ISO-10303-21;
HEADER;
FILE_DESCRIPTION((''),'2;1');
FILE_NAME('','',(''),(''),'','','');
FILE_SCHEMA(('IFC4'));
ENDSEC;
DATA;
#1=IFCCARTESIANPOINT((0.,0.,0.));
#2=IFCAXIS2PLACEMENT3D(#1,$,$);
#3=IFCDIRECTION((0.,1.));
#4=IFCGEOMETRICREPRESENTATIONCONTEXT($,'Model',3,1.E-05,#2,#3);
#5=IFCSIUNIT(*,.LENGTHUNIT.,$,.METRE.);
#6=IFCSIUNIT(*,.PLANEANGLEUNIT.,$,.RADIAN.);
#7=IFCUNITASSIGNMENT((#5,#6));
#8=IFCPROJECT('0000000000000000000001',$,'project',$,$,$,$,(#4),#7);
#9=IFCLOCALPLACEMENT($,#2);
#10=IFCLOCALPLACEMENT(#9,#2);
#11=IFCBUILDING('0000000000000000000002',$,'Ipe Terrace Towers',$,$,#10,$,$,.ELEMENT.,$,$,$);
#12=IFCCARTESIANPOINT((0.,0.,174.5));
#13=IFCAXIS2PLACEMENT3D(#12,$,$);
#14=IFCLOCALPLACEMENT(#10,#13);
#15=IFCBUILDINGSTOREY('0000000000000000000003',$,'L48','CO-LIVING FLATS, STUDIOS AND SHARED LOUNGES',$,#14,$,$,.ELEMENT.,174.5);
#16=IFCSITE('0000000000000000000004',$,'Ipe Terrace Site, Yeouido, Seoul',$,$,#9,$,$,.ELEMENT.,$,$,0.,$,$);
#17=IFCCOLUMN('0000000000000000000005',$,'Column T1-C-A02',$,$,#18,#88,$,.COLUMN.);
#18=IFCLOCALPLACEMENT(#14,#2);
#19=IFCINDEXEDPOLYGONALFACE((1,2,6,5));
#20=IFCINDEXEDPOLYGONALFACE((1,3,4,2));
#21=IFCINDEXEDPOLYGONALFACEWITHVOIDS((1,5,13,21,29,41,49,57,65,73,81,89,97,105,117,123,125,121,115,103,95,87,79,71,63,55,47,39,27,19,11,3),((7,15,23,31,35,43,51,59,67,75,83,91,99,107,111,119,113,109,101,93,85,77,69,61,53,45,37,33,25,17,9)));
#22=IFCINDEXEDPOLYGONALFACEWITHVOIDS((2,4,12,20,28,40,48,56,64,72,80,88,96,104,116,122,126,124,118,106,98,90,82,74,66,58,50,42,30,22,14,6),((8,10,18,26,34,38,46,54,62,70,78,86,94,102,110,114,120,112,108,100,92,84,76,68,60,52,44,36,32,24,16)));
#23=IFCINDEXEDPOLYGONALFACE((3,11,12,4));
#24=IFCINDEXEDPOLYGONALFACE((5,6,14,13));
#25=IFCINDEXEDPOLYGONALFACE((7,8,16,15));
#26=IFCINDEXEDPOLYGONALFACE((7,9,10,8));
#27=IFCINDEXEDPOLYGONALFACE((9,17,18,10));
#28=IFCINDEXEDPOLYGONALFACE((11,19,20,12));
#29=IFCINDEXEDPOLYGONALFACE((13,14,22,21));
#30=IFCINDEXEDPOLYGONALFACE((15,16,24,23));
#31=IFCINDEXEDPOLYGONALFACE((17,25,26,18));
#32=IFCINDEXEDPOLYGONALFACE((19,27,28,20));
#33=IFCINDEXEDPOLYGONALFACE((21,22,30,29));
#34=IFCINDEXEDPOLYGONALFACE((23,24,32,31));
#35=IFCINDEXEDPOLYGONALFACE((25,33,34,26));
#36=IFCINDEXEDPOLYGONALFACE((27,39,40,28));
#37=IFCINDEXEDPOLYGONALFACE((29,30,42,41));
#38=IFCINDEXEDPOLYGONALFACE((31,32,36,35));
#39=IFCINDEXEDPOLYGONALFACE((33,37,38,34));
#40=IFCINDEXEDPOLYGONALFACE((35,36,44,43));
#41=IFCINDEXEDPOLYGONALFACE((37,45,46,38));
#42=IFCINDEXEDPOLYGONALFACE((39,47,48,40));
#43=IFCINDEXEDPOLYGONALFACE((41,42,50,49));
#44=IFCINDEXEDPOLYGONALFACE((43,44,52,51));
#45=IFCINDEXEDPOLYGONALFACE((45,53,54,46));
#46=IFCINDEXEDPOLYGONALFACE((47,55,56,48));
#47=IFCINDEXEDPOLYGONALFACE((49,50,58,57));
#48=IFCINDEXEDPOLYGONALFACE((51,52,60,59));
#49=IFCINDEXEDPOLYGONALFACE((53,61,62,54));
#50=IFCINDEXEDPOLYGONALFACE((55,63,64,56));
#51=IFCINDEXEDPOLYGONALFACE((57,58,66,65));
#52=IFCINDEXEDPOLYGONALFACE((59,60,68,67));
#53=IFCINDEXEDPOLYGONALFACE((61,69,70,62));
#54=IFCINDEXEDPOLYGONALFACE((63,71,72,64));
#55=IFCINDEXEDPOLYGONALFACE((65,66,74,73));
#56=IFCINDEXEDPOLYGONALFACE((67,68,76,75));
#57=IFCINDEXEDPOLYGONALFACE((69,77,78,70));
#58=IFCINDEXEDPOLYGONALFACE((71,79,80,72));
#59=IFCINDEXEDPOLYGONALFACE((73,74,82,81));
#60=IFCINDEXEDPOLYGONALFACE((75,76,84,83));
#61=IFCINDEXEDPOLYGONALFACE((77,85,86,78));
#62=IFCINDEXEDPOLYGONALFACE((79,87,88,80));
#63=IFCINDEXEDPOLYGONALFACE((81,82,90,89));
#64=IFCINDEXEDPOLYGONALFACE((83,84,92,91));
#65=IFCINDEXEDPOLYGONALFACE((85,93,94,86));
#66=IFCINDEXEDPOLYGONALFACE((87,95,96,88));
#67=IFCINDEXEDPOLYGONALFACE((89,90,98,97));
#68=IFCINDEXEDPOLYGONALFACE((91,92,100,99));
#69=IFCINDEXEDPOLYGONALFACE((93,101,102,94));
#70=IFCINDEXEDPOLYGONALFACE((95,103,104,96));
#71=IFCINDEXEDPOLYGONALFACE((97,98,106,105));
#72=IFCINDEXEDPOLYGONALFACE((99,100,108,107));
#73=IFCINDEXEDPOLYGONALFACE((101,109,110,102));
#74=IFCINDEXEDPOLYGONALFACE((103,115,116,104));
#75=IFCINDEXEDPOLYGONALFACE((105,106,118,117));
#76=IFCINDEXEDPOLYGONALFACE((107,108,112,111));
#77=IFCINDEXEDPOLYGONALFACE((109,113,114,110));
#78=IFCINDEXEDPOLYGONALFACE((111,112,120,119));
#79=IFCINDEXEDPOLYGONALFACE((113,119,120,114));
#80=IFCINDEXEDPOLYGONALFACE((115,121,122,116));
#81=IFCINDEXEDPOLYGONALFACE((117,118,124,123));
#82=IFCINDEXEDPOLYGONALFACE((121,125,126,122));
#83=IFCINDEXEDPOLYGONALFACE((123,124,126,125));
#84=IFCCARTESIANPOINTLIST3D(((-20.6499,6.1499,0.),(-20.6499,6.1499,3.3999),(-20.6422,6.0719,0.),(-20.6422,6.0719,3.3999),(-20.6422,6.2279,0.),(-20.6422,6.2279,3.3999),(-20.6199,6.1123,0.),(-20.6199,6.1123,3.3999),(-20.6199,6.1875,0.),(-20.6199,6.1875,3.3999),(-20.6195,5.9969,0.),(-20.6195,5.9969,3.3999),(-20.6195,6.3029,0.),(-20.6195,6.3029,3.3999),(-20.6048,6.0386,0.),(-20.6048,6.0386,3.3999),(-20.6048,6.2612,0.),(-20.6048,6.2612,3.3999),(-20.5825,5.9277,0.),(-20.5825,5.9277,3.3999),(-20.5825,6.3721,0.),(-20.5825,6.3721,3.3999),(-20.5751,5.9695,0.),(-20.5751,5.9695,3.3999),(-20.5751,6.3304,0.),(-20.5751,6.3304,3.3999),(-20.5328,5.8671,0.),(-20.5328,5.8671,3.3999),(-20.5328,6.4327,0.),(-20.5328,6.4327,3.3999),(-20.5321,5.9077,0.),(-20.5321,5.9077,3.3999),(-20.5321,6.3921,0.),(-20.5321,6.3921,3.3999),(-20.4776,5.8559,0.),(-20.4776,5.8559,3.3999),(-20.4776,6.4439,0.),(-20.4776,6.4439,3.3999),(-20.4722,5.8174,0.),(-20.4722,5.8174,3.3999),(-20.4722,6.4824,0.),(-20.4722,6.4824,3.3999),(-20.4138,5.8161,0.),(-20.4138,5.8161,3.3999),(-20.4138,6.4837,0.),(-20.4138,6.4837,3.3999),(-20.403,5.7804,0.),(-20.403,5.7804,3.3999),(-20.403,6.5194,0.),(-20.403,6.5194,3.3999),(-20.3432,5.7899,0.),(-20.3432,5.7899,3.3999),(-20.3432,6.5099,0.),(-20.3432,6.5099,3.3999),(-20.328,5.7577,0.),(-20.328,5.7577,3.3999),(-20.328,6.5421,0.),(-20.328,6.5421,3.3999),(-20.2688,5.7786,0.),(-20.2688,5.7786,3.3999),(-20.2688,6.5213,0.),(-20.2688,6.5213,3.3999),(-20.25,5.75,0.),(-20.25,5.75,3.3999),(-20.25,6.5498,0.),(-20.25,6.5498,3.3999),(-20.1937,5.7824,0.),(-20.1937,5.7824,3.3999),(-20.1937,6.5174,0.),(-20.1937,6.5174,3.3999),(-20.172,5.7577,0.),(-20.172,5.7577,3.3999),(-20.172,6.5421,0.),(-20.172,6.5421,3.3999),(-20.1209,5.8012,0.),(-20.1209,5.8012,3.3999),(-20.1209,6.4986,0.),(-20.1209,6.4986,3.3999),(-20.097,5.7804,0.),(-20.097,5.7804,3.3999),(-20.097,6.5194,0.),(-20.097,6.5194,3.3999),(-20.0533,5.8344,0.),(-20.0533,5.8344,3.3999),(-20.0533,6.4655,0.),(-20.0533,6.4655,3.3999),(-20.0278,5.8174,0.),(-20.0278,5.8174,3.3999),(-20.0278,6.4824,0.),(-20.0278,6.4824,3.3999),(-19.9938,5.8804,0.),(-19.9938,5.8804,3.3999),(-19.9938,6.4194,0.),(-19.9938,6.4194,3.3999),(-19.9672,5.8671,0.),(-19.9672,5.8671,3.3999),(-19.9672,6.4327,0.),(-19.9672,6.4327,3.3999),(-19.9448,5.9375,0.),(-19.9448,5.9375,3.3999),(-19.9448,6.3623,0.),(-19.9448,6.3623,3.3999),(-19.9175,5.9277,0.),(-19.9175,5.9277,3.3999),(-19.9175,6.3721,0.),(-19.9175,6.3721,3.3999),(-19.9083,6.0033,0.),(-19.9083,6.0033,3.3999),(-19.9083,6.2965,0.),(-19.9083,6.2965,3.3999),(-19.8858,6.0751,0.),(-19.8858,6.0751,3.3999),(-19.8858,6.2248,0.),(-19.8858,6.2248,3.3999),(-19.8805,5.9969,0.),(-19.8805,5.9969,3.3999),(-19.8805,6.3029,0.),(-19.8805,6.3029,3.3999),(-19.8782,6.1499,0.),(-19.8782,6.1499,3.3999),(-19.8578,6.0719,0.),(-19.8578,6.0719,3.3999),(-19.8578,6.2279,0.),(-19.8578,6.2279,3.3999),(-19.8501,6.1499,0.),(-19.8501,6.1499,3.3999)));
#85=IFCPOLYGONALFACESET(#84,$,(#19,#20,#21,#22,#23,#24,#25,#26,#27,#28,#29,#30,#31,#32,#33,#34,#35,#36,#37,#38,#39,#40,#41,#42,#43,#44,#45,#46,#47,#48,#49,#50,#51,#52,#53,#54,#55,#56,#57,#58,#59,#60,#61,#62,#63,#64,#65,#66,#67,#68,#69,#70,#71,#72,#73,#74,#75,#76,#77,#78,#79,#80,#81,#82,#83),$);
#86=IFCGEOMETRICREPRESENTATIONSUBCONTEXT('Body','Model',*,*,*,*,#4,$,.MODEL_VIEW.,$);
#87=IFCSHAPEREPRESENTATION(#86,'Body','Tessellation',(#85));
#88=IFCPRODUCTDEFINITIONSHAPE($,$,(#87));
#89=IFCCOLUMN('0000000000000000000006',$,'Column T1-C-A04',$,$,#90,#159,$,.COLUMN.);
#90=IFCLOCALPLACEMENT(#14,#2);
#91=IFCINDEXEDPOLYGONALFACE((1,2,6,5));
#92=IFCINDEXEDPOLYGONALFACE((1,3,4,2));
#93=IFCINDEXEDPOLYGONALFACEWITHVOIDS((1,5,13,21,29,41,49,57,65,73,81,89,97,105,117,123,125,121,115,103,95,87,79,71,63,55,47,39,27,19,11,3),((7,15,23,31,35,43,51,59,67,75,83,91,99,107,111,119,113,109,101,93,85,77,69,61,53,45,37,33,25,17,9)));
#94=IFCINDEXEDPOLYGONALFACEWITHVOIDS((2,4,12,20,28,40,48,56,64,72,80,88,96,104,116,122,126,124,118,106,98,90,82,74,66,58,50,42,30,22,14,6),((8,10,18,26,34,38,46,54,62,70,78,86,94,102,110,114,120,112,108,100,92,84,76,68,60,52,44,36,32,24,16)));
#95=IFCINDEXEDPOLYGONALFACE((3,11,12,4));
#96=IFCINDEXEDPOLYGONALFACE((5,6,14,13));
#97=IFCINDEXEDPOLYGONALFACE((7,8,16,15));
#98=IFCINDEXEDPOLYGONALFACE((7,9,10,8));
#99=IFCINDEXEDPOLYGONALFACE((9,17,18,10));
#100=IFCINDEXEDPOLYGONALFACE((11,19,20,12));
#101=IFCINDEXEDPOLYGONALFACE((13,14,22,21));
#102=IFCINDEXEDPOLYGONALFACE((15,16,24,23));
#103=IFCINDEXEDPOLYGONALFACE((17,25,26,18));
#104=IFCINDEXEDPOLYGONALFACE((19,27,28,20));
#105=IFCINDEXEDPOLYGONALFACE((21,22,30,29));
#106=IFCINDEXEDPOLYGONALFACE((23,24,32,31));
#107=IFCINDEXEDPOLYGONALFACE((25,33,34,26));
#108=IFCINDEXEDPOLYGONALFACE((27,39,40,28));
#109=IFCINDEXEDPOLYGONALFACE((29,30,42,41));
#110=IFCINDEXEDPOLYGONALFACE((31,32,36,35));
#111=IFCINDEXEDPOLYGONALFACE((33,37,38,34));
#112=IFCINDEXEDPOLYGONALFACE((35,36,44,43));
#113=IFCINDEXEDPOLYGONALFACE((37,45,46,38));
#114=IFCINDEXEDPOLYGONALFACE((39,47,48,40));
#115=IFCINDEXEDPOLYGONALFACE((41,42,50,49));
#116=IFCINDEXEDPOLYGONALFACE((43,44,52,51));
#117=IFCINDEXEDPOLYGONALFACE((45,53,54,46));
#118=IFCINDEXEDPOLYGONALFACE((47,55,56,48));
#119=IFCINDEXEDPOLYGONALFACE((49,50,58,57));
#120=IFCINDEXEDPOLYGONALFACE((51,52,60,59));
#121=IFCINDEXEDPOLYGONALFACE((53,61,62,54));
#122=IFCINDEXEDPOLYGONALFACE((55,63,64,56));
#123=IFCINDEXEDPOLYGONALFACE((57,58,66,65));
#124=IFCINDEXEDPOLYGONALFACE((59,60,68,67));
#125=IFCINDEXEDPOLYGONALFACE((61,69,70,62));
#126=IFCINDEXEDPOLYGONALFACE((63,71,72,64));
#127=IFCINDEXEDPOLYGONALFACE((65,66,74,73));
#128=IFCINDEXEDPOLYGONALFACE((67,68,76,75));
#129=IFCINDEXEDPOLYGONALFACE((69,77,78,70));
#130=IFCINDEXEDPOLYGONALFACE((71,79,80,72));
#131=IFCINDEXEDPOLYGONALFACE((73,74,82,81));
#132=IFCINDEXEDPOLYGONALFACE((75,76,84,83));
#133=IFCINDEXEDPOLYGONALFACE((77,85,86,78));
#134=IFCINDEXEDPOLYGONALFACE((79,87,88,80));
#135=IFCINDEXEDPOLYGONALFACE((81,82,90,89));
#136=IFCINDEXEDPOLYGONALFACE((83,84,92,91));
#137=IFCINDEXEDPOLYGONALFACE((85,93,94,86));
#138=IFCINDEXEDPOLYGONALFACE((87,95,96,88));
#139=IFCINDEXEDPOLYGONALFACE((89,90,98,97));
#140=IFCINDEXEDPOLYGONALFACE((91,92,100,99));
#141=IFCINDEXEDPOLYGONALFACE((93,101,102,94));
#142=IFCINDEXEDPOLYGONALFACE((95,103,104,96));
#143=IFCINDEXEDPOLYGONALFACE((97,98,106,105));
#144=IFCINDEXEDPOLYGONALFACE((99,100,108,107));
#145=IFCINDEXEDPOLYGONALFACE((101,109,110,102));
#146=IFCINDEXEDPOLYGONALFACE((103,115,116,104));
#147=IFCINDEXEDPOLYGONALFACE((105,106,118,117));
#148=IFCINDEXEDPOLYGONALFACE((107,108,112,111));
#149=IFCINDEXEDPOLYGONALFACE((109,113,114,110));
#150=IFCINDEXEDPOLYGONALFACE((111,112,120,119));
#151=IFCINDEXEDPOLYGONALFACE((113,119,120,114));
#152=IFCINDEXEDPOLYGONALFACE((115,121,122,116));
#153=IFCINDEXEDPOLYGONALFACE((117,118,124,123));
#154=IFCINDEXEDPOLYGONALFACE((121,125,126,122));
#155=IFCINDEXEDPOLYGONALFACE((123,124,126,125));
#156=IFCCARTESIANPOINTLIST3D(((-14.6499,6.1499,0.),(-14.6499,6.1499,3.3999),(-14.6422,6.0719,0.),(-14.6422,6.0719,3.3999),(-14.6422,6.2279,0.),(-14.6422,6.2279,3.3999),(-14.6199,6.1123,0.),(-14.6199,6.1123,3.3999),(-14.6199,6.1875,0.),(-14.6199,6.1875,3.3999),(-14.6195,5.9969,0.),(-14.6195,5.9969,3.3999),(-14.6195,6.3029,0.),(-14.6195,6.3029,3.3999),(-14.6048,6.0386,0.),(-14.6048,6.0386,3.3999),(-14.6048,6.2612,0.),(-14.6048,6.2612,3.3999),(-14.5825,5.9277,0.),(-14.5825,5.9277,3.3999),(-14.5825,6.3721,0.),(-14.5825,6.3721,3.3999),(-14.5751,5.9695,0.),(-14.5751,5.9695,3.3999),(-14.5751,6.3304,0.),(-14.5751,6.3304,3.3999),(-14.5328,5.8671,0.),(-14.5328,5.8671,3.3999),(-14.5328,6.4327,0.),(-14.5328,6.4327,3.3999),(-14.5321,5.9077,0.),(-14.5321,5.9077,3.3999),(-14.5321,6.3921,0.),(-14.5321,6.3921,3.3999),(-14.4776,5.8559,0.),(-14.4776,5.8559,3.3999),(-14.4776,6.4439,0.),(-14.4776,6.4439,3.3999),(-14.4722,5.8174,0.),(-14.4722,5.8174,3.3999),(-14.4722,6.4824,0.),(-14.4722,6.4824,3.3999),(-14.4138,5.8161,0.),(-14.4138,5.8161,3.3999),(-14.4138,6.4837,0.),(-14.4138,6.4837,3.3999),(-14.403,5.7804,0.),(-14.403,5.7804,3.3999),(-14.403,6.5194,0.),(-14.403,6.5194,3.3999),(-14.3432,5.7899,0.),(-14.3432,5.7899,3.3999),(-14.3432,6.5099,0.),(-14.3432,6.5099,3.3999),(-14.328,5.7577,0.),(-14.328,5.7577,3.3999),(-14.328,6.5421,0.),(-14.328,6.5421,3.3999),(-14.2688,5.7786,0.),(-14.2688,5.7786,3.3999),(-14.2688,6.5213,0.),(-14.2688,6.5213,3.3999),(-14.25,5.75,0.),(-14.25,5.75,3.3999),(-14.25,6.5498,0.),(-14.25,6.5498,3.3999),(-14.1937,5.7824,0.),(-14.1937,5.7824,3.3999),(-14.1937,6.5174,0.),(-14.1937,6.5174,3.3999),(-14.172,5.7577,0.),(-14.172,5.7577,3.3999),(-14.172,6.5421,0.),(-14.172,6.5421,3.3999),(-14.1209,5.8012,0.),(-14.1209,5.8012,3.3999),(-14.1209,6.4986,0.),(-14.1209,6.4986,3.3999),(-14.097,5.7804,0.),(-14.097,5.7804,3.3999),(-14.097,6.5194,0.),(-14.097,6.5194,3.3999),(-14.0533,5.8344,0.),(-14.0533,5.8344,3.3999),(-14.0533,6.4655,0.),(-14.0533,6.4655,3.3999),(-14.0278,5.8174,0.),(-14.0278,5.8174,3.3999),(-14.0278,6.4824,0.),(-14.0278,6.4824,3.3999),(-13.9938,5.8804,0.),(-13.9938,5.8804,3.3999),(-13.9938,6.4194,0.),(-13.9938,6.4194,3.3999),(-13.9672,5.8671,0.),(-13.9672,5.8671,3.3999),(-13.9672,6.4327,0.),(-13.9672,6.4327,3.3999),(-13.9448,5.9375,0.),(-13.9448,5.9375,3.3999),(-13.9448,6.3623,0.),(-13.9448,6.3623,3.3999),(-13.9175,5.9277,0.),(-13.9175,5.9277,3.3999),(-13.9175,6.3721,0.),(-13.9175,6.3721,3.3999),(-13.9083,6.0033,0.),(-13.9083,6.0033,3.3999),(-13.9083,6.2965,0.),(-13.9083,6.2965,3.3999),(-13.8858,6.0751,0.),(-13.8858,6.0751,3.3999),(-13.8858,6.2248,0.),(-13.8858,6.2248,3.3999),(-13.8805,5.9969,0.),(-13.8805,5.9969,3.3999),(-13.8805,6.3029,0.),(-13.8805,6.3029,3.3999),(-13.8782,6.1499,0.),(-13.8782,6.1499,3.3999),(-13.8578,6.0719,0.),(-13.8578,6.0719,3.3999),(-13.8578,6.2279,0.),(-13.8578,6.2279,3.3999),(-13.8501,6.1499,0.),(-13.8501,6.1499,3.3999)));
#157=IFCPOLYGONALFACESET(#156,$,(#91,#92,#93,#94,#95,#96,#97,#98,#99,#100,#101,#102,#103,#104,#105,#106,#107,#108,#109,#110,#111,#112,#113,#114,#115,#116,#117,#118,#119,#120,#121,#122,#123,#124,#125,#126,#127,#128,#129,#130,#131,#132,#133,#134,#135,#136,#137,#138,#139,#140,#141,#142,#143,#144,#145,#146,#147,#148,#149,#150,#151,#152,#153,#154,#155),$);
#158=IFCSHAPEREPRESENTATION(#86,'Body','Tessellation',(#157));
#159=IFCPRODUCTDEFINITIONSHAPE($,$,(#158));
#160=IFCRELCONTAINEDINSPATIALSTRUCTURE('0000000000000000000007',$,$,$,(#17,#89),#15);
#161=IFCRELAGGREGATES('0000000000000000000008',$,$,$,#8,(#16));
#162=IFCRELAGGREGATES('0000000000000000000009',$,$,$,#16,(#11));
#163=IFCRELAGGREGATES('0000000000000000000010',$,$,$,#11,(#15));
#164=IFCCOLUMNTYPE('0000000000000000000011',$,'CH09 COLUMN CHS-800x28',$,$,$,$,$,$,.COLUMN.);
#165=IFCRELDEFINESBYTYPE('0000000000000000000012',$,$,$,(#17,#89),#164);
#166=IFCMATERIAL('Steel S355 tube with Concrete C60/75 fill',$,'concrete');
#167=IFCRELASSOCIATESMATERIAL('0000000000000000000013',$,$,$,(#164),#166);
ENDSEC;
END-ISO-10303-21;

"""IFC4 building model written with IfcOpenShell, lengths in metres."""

from ifc_helpers import new_model, si_unit, direction, frame, origin, origin_2d, place, context, subcontext, project, spatial, hollow_circle, extrude, material, material_profile, profile_set, type_object, element, save


model = new_model("IFC4")

# Units and contexts
model_context = context("Model", 3, precision=1e-05, world=origin(), true_north=direction((0.0, 1.0)))
body_context = subcontext(model_context, "Body", "Model", "MODEL_VIEW")
ifc_project = project(units=[si_unit("LENGTHUNIT", "METRE"), si_unit("PLANEANGLEUNIT", "RADIAN")], contexts=[model_context])

# Site, building, storey
site_placement = place(None, origin())
site = spatial("IfcSite", under=ifc_project, at=site_placement, Name="Ipe Terrace Site, Yeouido, Seoul", CompositionType="ELEMENT", RefElevation=0.0)
building_placement = place(site_placement, origin())
building = spatial("IfcBuilding", under=site, at=building_placement, Name="Ipe Terrace Towers", CompositionType="ELEMENT")
storey_placement = place(building_placement, frame((0.0, 0.0, 174.5)))
storey = spatial("IfcBuildingStorey", under=building, at=storey_placement, Name="L48", Description="CO-LIVING FLATS, STUDIOS AND SHARED LOUNGES", CompositionType="ELEMENT", Elevation=174.5)

# Columns
ifc_material_1 = material(Name="Steel S355 tube with Concrete C60/75 fill", Category="concrete")
ifc_material_profile_1 = material_profile(ifc_material_1, hollow_circle(Radius=0.3999, WallThickness=0.0281, at=origin_2d()), Name="CHS-800x28")
ifc_profile_set_1 = profile_set([ifc_material_profile_1], Name="Steel S355 tube with Concrete C60/75 fill")
column_type = type_object("IfcColumnType", Name="CH09 COLUMN CHS-800x28", PredefinedType="COLUMN", material=ifc_profile_set_1)
for number, where, z_axis, x_axis, name in (
    (1, (-20.25, 6.1499, 0.0), (0.0, 0.0, 1.0), (1.0, 0.0, 0.0), "Column T1-C-A02"),
    (2, (-14.25, 6.1499, 0.0), (0.0, 0.0, 1.0), (1.0, 0.0, 0.0), "Column T1-C-A04"),
):
    element("IfcColumn", number, at=place(storey_placement, frame(where, z_axis=z_axis, x_axis=x_axis)), inside=storey, type_object=column_type, Name=name, PredefinedType="COLUMN", context=body_context, shape_type="SweptSolid", body=[
        extrude(hollow_circle(Radius=0.3999, WallThickness=0.0281, at=origin_2d()), origin(), (0.0, 0.0, 1.0), 3.3999),
    ])

save(model, "model.ifc")
